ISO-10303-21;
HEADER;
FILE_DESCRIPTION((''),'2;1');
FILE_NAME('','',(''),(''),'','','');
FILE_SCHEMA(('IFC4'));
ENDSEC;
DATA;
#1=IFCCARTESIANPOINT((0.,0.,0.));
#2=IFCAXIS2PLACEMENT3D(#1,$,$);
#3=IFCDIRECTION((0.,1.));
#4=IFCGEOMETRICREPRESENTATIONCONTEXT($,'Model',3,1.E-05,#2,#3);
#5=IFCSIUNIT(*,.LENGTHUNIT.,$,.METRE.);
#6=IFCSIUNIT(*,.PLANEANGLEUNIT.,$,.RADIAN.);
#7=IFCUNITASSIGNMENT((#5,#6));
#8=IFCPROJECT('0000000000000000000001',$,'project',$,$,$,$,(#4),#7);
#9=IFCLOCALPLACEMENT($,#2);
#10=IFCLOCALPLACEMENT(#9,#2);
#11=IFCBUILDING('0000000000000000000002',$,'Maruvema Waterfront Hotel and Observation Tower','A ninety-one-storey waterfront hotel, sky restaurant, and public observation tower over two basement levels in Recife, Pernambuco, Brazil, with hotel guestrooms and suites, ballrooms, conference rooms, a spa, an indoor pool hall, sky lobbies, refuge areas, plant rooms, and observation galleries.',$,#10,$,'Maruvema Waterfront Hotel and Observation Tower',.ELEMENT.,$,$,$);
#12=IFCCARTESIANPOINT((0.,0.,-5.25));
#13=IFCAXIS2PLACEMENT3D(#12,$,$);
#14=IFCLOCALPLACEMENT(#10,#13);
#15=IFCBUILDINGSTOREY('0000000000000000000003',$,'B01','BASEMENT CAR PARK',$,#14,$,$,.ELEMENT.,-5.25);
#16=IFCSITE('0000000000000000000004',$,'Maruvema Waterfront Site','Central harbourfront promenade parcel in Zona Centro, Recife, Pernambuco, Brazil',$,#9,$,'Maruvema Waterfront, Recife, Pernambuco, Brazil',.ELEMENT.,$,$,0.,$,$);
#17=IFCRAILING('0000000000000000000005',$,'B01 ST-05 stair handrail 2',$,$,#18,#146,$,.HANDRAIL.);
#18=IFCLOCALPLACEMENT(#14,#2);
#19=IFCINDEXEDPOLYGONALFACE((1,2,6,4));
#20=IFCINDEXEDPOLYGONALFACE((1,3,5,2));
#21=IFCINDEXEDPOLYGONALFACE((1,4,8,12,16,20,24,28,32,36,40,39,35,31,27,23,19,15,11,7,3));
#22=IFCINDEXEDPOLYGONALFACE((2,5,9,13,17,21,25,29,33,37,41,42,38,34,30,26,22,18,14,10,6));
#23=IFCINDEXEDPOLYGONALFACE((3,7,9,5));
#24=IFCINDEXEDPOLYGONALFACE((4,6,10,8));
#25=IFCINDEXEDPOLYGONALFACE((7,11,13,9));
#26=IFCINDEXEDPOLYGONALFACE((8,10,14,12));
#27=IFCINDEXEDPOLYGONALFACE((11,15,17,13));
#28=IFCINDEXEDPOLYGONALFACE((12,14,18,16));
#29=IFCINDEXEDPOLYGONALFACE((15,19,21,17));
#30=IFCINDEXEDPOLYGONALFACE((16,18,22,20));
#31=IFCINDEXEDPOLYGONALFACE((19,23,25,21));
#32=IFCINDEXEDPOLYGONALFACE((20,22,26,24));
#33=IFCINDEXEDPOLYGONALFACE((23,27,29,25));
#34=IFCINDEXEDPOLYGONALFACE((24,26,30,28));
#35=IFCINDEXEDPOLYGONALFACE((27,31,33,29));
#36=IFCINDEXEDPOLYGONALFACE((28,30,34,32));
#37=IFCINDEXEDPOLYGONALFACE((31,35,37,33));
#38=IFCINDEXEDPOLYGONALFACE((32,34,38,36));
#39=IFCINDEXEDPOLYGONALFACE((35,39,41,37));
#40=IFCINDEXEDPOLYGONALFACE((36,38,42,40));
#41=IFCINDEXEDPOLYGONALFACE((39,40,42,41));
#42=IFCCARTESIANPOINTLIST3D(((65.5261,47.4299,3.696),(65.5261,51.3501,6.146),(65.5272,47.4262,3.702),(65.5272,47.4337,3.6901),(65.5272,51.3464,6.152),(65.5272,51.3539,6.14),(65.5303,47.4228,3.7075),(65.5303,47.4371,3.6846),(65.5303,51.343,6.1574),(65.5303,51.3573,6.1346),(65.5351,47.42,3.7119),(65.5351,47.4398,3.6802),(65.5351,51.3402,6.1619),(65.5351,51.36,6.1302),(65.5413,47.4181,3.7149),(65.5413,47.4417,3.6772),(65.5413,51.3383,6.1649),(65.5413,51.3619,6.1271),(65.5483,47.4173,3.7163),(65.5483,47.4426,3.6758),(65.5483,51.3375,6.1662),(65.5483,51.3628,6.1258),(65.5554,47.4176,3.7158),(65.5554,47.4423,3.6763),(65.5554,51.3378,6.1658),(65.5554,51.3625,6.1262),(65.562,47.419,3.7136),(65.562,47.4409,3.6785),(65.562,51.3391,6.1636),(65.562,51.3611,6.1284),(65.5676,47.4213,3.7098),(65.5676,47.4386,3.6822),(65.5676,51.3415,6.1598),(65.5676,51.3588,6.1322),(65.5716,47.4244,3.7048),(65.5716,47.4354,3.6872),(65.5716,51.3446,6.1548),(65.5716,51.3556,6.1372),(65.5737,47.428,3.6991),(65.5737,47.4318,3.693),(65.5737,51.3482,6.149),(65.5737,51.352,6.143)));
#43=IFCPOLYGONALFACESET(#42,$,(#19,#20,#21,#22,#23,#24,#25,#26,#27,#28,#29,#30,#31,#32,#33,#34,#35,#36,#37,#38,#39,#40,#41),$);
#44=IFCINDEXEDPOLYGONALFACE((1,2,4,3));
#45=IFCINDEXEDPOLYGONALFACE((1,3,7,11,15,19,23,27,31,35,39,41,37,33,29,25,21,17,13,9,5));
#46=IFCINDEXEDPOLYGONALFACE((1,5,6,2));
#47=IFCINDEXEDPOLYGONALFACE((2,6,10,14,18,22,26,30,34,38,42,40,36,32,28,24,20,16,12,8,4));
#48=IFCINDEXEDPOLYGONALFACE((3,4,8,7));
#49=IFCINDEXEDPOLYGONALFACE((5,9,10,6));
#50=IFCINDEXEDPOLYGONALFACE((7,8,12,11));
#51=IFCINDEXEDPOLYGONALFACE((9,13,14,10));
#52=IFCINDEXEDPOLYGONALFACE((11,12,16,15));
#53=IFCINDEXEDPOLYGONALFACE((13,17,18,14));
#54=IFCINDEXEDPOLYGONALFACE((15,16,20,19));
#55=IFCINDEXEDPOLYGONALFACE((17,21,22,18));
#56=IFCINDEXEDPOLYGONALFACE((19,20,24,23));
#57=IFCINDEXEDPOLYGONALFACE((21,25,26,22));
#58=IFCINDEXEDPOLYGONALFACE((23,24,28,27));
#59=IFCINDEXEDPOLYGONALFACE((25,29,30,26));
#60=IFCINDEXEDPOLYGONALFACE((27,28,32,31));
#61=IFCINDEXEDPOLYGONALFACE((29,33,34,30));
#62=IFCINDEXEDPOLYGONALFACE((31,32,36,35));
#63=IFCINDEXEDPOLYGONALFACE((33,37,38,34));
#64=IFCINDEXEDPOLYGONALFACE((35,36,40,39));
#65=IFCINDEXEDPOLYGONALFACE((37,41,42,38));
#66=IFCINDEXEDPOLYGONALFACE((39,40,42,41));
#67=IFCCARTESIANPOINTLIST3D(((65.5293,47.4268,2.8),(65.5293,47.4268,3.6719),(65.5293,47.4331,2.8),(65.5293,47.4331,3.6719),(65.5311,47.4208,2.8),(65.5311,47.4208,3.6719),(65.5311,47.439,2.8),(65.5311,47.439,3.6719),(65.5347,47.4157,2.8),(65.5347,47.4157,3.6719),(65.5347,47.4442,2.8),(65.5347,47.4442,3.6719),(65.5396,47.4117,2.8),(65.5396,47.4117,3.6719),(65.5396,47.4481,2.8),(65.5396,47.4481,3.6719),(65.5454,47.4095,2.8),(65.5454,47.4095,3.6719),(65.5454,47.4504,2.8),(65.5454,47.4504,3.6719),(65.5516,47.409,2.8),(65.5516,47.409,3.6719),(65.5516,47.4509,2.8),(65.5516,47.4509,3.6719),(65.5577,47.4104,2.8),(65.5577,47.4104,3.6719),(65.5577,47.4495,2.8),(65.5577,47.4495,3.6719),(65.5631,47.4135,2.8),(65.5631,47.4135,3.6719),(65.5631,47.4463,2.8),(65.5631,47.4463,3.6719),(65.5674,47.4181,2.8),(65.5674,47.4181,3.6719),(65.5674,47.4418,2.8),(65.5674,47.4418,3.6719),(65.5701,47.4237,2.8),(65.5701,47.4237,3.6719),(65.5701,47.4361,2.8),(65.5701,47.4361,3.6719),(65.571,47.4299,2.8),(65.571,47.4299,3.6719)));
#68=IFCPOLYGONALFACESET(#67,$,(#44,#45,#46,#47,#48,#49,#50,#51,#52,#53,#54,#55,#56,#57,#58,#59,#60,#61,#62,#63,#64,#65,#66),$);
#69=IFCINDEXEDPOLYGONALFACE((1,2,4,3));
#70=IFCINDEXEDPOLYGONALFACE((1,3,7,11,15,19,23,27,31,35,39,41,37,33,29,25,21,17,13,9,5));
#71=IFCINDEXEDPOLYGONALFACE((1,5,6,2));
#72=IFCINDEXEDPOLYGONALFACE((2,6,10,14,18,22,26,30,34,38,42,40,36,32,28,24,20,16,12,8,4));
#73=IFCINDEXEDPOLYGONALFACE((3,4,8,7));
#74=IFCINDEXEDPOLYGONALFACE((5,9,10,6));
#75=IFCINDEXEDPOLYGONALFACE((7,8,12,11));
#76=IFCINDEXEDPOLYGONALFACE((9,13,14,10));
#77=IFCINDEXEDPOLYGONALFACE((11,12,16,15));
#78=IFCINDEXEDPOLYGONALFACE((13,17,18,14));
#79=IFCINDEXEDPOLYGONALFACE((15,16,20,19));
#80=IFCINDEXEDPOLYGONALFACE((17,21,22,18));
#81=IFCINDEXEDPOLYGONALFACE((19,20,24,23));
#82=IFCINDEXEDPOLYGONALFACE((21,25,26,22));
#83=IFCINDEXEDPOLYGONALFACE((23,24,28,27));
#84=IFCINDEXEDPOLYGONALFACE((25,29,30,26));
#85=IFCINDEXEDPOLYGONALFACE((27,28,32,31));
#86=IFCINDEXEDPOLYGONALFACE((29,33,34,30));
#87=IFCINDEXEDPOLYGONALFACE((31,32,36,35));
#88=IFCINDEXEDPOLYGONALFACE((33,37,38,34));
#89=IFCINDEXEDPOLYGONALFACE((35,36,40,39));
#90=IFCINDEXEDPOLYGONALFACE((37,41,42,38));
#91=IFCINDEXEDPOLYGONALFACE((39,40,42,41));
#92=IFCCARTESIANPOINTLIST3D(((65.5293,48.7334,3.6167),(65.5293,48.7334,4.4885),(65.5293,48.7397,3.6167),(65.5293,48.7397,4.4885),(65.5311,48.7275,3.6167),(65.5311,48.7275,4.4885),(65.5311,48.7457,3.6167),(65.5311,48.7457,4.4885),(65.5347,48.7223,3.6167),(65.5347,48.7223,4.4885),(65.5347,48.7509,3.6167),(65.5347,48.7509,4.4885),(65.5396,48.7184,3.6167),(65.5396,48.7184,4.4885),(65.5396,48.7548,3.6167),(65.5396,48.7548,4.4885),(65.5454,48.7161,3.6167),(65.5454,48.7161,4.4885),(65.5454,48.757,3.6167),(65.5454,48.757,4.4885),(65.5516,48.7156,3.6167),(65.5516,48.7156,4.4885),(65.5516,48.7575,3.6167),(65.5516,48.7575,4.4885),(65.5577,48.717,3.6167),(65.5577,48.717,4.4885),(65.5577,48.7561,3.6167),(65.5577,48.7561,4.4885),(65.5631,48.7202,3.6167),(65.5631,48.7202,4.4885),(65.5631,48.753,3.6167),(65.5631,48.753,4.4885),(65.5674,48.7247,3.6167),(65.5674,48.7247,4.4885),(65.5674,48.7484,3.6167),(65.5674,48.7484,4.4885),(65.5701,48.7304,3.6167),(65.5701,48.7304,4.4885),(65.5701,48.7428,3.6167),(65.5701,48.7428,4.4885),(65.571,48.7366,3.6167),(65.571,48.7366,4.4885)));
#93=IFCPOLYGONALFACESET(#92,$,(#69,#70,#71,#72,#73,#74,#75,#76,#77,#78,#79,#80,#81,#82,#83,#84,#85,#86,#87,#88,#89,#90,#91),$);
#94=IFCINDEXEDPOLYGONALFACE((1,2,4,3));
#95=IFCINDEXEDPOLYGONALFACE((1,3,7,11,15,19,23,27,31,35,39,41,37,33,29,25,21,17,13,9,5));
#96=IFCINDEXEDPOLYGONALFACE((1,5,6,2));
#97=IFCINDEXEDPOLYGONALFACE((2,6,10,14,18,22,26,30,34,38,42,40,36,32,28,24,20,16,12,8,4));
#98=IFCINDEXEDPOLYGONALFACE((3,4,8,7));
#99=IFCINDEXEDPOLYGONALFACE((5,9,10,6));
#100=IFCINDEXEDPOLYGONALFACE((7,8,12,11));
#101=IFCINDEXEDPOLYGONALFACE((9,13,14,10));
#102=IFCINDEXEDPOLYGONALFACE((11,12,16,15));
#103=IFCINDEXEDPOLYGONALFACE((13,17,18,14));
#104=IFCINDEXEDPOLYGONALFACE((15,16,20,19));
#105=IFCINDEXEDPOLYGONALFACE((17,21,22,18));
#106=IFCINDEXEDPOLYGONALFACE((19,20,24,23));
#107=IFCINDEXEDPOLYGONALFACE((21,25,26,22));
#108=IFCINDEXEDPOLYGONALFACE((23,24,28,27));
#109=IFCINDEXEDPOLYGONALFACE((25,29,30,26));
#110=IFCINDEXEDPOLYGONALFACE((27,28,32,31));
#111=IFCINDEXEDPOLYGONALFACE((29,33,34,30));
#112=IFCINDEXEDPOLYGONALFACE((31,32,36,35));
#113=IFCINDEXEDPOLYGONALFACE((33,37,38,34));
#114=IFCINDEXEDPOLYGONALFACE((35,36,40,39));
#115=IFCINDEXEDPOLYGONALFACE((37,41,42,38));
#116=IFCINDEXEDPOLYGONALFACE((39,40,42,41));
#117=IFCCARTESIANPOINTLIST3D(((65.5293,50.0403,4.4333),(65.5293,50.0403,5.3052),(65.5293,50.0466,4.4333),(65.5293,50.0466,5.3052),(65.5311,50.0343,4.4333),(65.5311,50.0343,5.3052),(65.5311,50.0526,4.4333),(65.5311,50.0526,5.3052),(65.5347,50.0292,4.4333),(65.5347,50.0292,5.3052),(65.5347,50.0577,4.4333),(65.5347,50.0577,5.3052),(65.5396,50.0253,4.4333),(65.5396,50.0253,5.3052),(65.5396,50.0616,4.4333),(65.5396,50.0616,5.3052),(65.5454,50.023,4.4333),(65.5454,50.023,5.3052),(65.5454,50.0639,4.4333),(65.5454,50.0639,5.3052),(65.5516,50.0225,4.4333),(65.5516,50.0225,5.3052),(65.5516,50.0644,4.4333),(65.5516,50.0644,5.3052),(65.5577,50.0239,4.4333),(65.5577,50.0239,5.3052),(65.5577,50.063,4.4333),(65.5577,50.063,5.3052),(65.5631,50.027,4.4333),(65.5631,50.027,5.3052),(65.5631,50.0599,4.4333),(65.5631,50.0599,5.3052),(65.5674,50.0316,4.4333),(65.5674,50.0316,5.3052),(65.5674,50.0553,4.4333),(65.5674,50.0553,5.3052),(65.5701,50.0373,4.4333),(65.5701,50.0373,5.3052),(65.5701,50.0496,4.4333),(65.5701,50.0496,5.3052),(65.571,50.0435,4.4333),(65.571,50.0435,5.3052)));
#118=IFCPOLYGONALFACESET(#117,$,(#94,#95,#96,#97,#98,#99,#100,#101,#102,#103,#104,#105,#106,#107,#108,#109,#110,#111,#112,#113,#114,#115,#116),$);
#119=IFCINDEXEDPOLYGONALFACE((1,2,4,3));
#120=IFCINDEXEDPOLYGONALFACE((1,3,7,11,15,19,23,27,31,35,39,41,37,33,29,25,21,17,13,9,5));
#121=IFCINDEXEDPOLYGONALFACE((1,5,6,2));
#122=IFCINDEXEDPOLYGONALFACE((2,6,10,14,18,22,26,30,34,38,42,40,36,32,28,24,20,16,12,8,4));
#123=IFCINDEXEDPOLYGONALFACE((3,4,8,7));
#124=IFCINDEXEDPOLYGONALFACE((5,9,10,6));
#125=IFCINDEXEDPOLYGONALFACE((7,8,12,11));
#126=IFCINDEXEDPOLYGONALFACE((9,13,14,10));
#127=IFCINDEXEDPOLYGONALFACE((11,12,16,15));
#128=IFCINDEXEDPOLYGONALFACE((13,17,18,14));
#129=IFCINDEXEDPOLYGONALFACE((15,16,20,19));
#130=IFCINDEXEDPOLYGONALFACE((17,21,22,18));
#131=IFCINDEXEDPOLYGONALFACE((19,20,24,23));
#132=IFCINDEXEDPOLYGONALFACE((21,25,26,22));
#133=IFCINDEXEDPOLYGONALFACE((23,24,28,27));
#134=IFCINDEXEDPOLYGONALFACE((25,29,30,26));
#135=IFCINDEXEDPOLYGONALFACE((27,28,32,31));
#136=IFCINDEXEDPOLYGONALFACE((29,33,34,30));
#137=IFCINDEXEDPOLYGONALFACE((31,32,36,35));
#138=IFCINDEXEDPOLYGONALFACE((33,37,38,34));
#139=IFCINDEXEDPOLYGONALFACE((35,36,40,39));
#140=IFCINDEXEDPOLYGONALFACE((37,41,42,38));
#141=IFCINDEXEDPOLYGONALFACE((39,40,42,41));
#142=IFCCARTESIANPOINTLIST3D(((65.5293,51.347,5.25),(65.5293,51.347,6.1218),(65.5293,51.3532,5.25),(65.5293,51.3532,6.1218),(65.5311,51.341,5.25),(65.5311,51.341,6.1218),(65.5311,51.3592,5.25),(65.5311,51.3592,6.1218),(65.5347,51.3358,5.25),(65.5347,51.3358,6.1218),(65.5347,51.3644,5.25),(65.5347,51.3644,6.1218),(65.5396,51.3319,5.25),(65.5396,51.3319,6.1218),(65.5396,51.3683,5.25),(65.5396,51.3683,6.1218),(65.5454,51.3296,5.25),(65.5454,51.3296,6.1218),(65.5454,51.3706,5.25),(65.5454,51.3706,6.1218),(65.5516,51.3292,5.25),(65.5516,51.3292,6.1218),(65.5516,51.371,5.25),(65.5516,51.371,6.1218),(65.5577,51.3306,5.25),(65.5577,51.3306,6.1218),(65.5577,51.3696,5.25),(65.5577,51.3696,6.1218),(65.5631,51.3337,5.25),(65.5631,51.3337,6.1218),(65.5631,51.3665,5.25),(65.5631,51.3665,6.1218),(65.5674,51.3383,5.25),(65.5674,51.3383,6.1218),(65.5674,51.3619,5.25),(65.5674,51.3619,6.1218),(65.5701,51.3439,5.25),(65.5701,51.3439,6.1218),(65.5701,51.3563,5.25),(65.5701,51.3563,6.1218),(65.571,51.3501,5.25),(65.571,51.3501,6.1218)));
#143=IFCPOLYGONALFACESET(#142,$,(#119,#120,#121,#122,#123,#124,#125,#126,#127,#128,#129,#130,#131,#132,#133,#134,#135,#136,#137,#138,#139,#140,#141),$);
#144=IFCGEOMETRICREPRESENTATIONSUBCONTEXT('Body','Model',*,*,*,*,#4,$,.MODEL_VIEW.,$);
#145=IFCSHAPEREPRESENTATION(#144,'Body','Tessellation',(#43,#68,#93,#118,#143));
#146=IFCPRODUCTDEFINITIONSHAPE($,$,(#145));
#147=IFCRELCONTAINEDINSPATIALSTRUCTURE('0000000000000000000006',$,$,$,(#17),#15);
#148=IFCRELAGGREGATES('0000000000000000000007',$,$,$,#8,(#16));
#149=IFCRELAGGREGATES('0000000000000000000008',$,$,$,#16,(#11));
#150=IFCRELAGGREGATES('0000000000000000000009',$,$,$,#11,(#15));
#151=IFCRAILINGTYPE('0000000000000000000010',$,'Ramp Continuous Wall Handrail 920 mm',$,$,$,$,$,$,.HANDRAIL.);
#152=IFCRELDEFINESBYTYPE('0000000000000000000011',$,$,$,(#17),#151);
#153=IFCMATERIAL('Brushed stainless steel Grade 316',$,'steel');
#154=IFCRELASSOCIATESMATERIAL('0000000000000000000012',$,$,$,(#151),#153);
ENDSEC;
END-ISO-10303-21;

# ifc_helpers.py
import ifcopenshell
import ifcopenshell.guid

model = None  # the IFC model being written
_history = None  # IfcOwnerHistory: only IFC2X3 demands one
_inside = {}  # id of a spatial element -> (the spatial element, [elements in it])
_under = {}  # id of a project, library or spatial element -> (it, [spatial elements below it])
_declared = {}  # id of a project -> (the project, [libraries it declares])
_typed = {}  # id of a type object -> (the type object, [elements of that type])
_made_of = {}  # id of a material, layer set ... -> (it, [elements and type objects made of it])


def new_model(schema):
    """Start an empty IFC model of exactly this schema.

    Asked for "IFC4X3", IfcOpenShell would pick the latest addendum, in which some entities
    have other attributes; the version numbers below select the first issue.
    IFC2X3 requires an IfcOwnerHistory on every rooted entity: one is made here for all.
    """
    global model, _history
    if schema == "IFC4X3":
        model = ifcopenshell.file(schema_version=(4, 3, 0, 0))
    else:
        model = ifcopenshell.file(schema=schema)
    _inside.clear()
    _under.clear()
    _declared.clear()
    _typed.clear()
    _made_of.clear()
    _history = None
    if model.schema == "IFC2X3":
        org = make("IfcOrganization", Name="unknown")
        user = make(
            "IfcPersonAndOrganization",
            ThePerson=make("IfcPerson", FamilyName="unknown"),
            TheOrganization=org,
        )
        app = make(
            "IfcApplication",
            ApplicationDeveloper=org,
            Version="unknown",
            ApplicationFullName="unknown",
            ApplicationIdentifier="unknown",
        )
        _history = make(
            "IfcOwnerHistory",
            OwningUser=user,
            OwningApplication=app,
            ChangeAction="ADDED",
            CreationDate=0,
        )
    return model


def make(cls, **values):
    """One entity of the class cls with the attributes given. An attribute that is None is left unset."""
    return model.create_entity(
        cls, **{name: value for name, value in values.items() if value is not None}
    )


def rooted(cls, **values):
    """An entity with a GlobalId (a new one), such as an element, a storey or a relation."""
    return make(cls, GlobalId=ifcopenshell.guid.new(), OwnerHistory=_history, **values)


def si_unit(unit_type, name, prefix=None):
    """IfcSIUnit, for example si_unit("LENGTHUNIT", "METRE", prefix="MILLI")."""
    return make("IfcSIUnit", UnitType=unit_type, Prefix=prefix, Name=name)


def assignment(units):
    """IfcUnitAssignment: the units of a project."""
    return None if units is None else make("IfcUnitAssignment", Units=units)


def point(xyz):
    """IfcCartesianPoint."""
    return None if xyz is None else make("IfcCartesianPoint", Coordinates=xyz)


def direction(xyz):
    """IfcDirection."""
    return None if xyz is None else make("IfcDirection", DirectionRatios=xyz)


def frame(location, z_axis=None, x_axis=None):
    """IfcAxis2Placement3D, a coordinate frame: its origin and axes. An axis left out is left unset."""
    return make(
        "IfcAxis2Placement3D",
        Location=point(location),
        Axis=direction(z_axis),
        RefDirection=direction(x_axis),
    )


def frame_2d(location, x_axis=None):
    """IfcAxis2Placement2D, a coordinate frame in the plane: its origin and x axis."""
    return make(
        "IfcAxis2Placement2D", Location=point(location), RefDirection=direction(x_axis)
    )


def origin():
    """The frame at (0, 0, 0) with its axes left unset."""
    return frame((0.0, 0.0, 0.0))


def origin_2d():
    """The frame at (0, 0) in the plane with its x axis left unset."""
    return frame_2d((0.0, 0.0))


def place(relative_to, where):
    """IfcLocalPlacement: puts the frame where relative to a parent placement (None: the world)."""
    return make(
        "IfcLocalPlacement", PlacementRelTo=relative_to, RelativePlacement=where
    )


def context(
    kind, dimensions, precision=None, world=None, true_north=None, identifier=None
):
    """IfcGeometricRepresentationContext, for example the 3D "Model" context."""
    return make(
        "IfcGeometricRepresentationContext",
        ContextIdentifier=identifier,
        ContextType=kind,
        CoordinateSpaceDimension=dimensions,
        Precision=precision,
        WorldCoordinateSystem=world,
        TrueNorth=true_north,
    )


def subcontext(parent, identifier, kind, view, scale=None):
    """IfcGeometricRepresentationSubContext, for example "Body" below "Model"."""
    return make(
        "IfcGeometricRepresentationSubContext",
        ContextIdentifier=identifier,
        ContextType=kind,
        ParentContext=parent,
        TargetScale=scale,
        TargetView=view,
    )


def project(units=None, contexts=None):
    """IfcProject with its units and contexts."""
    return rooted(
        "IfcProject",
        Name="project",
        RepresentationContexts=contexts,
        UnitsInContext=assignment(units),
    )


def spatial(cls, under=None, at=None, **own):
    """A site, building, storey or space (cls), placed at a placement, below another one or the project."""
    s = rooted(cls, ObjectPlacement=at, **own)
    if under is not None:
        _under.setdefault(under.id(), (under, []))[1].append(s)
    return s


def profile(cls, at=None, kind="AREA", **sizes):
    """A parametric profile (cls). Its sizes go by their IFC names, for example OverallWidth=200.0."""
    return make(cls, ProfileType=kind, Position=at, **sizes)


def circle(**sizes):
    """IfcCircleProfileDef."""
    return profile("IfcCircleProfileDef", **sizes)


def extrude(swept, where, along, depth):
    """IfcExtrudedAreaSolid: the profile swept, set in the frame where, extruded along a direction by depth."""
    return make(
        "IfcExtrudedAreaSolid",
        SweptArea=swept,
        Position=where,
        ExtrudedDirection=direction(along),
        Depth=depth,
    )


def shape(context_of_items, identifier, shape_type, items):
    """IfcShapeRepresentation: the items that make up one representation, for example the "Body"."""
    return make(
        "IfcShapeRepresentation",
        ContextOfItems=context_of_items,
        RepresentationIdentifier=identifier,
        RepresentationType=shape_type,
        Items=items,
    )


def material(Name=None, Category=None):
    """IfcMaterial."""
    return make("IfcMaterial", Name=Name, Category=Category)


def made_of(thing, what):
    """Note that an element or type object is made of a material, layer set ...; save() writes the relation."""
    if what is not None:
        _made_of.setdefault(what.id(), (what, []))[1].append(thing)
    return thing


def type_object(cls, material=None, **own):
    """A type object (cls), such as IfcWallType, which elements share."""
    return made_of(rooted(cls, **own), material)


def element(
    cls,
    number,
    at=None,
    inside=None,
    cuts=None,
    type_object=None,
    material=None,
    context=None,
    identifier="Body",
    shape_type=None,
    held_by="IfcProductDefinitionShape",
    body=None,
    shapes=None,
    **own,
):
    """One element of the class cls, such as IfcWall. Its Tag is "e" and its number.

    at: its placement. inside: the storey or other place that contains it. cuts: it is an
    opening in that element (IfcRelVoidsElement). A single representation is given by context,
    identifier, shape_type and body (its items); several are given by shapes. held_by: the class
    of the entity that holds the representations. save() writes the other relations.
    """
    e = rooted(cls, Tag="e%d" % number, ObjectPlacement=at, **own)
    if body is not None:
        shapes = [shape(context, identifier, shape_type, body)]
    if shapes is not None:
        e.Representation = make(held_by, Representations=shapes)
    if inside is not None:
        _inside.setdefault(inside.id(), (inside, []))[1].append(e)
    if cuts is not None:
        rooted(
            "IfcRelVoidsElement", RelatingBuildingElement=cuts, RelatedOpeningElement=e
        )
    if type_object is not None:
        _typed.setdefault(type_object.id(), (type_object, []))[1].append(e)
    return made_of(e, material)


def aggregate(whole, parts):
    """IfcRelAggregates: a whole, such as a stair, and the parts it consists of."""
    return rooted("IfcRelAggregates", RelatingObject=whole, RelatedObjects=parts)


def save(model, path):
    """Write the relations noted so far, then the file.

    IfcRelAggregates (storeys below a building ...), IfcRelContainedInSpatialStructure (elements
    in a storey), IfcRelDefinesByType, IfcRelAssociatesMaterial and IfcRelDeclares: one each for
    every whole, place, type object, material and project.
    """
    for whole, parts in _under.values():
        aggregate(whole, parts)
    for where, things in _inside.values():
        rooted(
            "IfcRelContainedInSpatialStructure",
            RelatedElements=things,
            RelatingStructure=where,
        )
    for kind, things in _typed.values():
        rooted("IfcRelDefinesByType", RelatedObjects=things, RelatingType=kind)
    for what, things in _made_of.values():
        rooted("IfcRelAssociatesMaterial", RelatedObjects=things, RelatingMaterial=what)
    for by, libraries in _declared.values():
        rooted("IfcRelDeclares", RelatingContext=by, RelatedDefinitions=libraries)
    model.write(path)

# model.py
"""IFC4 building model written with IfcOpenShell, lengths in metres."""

from ifc_helpers import new_model, si_unit, direction, frame, origin, origin_2d, place, context, subcontext, project, spatial, circle, extrude, material, type_object, element, save


model = new_model("IFC4")

# Units and contexts
model_context = context("Model", 3, precision=1e-05, world=origin(), true_north=direction((0.0, 1.0)))
body_context = subcontext(model_context, "Body", "Model", "MODEL_VIEW")
ifc_project = project(units=[si_unit("LENGTHUNIT", "METRE"), si_unit("PLANEANGLEUNIT", "RADIAN")], contexts=[model_context])

# Site, building, storey
site_placement = place(None, origin())
site = spatial("IfcSite", under=ifc_project, at=site_placement, Name="Maruvema Waterfront Site", Description="Central harbourfront promenade parcel in Zona Centro, Recife, Pernambuco, Brazil", LongName="Maruvema Waterfront, Recife, Pernambuco, Brazil", CompositionType="ELEMENT", RefElevation=0.0)
building_placement = place(site_placement, origin())
building = spatial("IfcBuilding", under=site, at=building_placement, Name="Maruvema Waterfront Hotel and Observation Tower", Description="A ninety-one-storey waterfront hotel, sky restaurant, and public observation tower over two basement levels in Recife, Pernambuco, Brazil, with hotel guestrooms and suites, ballrooms, conference rooms, a spa, an indoor pool hall, sky lobbies, refuge areas, plant rooms, and observation galleries.", LongName="Maruvema Waterfront Hotel and Observation Tower", CompositionType="ELEMENT")
storey_placement = place(building_placement, frame((0.0, 0.0, -5.25)))
storey = spatial("IfcBuildingStorey", under=building, at=storey_placement, Name="B01", Description="BASEMENT CAR PARK", CompositionType="ELEMENT", Elevation=-5.25)

# Railing
ifc_material_1 = material(Name="Brushed stainless steel Grade 316", Category="steel")
railing_type_1 = type_object("IfcRailingType", Name="Ramp Continuous Wall Handrail 920 mm", PredefinedType="HANDRAIL", material=ifc_material_1)
railing_1_placement = place(storey_placement, frame((65.55, 47.4299, 2.8)))
element("IfcRailing", 1, at=railing_1_placement, inside=storey, type_object=railing_type_1, Name="B01 ST-05 stair handrail 2", PredefinedType="HANDRAIL", context=body_context, shape_type="SweptSolid", body=[
    extrude(circle(Radius=0.0239, at=origin_2d()), frame((0.0, 0.0, 0.896), z_axis=(0.0, 0.848013, 0.529975), x_axis=(-1.0, 0.0, 0.0)), (0.0, 0.0, 1.0), 4.6228),
    extrude(circle(Radius=0.021, at=origin_2d()), origin(), (0.0, 0.0, 1.0), 0.8718),
    extrude(circle(Radius=0.021, at=origin_2d()), frame((0.0, 1.3066, 0.8167)), (0.0, 0.0, 1.0), 0.8718),
    extrude(circle(Radius=0.021, at=origin_2d()), frame((0.0, 2.6135, 1.6333)), (0.0, 0.0, 1.0), 0.8718),
    extrude(circle(Radius=0.021, at=origin_2d()), frame((0.0, 3.9202, 2.45)), (0.0, 0.0, 1.0), 0.8718),
])

save(model, "model.ifc")
